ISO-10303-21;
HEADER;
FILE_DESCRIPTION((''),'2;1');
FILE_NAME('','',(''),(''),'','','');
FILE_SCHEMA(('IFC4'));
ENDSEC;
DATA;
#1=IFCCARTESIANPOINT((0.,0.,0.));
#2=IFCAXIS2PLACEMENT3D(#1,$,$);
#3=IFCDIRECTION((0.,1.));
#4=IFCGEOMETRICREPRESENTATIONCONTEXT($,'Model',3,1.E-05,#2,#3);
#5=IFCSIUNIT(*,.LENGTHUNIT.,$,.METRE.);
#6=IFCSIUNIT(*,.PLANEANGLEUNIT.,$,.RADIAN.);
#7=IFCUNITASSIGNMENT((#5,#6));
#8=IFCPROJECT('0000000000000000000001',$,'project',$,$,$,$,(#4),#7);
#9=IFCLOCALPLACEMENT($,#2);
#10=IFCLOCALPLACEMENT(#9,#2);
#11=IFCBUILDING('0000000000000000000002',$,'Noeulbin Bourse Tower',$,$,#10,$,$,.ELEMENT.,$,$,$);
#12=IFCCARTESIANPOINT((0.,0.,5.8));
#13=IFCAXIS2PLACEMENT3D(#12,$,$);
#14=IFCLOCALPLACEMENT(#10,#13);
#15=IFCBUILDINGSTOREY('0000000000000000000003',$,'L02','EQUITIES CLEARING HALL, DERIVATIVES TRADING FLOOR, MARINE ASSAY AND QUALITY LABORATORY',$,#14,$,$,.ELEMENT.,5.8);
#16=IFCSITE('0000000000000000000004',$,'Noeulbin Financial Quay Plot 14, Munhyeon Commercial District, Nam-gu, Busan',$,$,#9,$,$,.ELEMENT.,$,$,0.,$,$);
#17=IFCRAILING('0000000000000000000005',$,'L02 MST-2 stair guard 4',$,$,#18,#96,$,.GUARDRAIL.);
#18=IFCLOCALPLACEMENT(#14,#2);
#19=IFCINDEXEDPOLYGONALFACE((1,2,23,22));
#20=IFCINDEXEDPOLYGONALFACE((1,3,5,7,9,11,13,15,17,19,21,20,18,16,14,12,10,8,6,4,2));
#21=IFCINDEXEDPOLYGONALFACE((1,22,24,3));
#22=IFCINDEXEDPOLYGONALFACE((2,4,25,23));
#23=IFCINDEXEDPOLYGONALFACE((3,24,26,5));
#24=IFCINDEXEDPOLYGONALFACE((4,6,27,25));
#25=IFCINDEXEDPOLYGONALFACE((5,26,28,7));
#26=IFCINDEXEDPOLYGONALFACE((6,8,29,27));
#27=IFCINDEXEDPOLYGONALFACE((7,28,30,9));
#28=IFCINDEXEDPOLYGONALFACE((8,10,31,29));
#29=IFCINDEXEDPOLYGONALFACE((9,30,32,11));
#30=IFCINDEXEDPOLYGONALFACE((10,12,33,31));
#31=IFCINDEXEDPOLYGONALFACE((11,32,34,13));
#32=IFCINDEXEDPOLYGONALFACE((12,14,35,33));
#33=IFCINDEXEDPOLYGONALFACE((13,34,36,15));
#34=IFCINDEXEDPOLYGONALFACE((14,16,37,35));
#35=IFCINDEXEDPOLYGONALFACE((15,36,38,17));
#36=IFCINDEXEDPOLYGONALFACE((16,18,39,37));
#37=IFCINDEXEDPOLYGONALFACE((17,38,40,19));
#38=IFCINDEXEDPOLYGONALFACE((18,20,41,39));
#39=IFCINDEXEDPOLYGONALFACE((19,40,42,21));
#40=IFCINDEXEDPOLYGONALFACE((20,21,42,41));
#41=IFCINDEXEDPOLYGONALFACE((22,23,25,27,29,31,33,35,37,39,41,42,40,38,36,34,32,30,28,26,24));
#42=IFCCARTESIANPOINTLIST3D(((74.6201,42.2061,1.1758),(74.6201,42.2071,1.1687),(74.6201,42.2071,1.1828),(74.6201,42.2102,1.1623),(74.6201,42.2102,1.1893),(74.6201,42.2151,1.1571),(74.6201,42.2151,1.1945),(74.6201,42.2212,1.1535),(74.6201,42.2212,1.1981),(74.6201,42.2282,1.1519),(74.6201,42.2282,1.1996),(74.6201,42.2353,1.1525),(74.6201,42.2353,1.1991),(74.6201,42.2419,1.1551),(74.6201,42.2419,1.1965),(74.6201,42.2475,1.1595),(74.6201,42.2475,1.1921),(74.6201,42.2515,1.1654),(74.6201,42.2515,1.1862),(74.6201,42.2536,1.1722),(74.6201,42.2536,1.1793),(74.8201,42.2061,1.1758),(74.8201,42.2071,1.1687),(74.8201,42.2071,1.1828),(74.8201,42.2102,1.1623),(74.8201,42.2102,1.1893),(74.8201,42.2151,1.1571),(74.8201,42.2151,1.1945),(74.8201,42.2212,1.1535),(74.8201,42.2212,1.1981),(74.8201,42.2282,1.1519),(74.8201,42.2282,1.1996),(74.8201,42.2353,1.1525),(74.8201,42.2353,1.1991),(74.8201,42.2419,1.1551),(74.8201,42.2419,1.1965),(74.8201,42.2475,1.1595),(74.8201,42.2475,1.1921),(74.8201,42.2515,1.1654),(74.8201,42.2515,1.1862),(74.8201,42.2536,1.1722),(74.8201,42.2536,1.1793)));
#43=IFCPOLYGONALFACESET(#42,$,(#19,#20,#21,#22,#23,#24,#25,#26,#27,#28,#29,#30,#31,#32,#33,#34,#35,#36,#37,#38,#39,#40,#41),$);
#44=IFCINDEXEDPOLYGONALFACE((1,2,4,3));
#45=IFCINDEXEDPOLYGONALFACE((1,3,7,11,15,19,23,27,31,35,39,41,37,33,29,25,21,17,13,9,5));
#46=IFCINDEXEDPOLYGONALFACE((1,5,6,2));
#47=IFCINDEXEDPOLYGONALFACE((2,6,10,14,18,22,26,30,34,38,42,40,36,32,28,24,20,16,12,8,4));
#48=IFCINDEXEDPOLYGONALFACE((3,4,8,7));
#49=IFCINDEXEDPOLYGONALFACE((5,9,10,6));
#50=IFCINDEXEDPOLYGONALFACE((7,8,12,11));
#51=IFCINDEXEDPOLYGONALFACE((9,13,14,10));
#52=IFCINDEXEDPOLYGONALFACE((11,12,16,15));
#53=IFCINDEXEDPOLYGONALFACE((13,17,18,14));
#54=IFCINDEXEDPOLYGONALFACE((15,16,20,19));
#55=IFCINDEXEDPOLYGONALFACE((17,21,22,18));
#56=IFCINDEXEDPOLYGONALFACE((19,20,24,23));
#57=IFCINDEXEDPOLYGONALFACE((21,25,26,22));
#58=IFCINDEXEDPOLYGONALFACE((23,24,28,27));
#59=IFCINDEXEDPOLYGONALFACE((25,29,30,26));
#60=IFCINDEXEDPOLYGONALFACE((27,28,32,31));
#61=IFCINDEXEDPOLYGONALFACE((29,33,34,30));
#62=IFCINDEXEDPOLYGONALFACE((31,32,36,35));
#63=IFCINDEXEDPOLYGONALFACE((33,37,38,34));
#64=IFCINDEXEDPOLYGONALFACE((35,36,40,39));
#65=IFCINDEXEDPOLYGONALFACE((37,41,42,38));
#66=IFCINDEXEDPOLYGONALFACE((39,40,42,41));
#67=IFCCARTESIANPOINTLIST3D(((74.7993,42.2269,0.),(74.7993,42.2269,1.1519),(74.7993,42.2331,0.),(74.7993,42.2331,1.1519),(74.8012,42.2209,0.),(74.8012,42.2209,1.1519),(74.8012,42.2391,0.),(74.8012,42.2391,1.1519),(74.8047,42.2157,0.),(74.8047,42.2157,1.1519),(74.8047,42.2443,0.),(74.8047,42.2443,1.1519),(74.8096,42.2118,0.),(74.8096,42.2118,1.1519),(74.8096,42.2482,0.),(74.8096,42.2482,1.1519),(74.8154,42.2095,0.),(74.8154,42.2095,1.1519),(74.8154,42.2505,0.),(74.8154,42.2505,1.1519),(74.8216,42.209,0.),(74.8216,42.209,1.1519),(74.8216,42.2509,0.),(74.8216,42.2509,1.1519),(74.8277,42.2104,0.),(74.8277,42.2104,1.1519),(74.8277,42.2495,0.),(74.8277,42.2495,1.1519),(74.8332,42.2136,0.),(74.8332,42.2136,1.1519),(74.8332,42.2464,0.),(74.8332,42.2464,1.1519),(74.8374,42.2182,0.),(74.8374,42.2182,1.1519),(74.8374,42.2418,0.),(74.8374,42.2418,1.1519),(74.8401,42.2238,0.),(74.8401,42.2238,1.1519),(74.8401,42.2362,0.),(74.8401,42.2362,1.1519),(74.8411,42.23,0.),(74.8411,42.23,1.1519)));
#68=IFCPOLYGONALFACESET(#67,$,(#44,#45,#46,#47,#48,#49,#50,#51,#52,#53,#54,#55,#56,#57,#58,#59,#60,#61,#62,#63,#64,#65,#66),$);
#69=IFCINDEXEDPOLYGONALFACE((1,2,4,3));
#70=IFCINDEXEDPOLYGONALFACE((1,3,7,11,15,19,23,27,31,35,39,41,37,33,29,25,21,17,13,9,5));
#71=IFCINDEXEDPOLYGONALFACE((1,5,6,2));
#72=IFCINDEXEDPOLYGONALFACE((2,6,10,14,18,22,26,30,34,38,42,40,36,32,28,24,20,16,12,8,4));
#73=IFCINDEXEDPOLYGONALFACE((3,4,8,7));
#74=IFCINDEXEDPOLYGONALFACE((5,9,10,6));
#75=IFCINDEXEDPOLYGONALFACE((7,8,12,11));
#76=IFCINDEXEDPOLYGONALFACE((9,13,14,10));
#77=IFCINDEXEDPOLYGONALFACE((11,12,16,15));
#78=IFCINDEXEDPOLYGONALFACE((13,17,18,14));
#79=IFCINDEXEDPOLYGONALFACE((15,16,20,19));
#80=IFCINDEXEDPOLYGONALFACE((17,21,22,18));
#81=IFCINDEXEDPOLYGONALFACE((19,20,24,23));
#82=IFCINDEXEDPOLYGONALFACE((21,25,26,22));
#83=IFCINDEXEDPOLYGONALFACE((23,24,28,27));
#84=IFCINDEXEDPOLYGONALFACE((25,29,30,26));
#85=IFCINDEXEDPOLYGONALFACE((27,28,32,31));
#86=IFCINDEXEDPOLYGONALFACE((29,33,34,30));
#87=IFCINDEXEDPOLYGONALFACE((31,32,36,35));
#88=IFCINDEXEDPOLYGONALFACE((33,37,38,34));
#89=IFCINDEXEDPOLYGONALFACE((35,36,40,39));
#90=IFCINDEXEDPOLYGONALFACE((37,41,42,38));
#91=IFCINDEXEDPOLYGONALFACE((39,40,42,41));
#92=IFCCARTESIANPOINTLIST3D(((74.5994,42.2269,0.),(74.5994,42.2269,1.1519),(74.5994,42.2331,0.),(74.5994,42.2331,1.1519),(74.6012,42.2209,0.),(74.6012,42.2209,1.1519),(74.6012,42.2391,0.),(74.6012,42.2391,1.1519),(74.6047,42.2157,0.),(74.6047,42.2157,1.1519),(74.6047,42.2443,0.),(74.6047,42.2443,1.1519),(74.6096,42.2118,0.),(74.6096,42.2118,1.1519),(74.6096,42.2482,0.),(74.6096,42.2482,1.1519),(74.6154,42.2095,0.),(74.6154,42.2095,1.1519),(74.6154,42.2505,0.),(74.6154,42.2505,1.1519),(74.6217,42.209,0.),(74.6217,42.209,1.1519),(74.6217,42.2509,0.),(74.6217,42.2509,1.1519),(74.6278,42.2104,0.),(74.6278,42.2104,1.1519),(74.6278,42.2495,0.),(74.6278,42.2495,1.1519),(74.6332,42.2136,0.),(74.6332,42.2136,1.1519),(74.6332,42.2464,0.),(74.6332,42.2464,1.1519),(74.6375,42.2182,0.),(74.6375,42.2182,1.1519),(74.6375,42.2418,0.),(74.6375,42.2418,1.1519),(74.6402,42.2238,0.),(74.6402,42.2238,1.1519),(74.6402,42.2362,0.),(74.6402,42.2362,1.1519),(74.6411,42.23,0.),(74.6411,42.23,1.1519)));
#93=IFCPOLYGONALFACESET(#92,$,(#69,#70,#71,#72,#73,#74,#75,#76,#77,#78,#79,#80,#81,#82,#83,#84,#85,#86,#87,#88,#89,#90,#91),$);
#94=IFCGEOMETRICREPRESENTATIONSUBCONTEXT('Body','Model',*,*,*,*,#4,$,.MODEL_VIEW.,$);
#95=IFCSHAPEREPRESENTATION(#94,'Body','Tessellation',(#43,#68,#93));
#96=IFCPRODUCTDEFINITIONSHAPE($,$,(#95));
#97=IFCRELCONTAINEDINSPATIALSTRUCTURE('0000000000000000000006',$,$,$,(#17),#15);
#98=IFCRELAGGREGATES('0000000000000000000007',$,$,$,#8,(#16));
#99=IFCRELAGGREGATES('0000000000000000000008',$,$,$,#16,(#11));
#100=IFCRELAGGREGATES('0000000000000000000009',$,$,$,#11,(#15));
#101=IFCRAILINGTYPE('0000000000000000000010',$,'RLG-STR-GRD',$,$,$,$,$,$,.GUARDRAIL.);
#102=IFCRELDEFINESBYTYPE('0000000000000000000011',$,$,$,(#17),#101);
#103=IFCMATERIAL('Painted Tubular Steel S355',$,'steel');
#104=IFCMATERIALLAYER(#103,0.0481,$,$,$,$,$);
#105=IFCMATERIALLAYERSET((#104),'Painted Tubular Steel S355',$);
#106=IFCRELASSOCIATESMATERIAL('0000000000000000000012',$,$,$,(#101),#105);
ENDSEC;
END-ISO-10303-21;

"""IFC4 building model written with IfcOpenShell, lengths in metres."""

from ifc_helpers import new_model, si_unit, direction, frame, origin, origin_2d, place, context, subcontext, project, spatial, circle, extrude, material, layer, layer_set, type_object, element, save


model = new_model("IFC4")

# Units and contexts
model_context = context("Model", 3, precision=1e-05, world=origin(), true_north=direction((0.0, 1.0)))
body_context = subcontext(model_context, "Body", "Model", "MODEL_VIEW")
ifc_project = project(units=[si_unit("LENGTHUNIT", "METRE"), si_unit("PLANEANGLEUNIT", "RADIAN")], contexts=[model_context])

# Site, building, storey
site_placement = place(None, origin())
site = spatial("IfcSite", under=ifc_project, at=site_placement, Name="Noeulbin Financial Quay Plot 14, Munhyeon Commercial District, Nam-gu, Busan", CompositionType="ELEMENT", RefElevation=0.0)
building_placement = place(site_placement, origin())
building = spatial("IfcBuilding", under=site, at=building_placement, Name="Noeulbin Bourse Tower", CompositionType="ELEMENT")
storey_placement = place(building_placement, frame((0.0, 0.0, 5.8)))
storey = spatial("IfcBuildingStorey", under=building, at=storey_placement, Name="L02", Description="EQUITIES CLEARING HALL, DERIVATIVES TRADING FLOOR, MARINE ASSAY AND QUALITY LABORATORY", CompositionType="ELEMENT", Elevation=5.8)

# Railing
ifc_material_1 = material(Name="Painted Tubular Steel S355", Category="steel")
ifc_layer_1 = layer(ifc_material_1, 0.0481)
ifc_layer_set_1 = layer_set([ifc_layer_1], Name="Painted Tubular Steel S355")
railing_type_1 = type_object("IfcRailingType", Name="RLG-STR-GRD", PredefinedType="GUARDRAIL", material=ifc_layer_set_1)
railing_1_placement = place(storey_placement, frame((74.8201, 42.23, 0.0)))
element("IfcRailing", 1, at=railing_1_placement, inside=storey, type_object=railing_type_1, Name="L02 MST-2 stair guard 4", PredefinedType="GUARDRAIL", context=body_context, shape_type="SweptSolid", body=[
    extrude(circle(Radius=0.0239, at=origin_2d()), frame((0.0, 0.0, 1.1758), z_axis=(-1.0, 0.0, 0.0), x_axis=(0.0, -1.0, 0.0)), (0.0, 0.0, 1.0), 0.2),
    extrude(circle(Radius=0.021, at=origin_2d()), origin(), (0.0, 0.0, 1.0), 1.1519),
    extrude(circle(Radius=0.021, at=origin_2d()), frame((-0.2, 0.0, 0.0)), (0.0, 0.0, 1.0), 1.1519),
])

save(model, "model.ifc")
